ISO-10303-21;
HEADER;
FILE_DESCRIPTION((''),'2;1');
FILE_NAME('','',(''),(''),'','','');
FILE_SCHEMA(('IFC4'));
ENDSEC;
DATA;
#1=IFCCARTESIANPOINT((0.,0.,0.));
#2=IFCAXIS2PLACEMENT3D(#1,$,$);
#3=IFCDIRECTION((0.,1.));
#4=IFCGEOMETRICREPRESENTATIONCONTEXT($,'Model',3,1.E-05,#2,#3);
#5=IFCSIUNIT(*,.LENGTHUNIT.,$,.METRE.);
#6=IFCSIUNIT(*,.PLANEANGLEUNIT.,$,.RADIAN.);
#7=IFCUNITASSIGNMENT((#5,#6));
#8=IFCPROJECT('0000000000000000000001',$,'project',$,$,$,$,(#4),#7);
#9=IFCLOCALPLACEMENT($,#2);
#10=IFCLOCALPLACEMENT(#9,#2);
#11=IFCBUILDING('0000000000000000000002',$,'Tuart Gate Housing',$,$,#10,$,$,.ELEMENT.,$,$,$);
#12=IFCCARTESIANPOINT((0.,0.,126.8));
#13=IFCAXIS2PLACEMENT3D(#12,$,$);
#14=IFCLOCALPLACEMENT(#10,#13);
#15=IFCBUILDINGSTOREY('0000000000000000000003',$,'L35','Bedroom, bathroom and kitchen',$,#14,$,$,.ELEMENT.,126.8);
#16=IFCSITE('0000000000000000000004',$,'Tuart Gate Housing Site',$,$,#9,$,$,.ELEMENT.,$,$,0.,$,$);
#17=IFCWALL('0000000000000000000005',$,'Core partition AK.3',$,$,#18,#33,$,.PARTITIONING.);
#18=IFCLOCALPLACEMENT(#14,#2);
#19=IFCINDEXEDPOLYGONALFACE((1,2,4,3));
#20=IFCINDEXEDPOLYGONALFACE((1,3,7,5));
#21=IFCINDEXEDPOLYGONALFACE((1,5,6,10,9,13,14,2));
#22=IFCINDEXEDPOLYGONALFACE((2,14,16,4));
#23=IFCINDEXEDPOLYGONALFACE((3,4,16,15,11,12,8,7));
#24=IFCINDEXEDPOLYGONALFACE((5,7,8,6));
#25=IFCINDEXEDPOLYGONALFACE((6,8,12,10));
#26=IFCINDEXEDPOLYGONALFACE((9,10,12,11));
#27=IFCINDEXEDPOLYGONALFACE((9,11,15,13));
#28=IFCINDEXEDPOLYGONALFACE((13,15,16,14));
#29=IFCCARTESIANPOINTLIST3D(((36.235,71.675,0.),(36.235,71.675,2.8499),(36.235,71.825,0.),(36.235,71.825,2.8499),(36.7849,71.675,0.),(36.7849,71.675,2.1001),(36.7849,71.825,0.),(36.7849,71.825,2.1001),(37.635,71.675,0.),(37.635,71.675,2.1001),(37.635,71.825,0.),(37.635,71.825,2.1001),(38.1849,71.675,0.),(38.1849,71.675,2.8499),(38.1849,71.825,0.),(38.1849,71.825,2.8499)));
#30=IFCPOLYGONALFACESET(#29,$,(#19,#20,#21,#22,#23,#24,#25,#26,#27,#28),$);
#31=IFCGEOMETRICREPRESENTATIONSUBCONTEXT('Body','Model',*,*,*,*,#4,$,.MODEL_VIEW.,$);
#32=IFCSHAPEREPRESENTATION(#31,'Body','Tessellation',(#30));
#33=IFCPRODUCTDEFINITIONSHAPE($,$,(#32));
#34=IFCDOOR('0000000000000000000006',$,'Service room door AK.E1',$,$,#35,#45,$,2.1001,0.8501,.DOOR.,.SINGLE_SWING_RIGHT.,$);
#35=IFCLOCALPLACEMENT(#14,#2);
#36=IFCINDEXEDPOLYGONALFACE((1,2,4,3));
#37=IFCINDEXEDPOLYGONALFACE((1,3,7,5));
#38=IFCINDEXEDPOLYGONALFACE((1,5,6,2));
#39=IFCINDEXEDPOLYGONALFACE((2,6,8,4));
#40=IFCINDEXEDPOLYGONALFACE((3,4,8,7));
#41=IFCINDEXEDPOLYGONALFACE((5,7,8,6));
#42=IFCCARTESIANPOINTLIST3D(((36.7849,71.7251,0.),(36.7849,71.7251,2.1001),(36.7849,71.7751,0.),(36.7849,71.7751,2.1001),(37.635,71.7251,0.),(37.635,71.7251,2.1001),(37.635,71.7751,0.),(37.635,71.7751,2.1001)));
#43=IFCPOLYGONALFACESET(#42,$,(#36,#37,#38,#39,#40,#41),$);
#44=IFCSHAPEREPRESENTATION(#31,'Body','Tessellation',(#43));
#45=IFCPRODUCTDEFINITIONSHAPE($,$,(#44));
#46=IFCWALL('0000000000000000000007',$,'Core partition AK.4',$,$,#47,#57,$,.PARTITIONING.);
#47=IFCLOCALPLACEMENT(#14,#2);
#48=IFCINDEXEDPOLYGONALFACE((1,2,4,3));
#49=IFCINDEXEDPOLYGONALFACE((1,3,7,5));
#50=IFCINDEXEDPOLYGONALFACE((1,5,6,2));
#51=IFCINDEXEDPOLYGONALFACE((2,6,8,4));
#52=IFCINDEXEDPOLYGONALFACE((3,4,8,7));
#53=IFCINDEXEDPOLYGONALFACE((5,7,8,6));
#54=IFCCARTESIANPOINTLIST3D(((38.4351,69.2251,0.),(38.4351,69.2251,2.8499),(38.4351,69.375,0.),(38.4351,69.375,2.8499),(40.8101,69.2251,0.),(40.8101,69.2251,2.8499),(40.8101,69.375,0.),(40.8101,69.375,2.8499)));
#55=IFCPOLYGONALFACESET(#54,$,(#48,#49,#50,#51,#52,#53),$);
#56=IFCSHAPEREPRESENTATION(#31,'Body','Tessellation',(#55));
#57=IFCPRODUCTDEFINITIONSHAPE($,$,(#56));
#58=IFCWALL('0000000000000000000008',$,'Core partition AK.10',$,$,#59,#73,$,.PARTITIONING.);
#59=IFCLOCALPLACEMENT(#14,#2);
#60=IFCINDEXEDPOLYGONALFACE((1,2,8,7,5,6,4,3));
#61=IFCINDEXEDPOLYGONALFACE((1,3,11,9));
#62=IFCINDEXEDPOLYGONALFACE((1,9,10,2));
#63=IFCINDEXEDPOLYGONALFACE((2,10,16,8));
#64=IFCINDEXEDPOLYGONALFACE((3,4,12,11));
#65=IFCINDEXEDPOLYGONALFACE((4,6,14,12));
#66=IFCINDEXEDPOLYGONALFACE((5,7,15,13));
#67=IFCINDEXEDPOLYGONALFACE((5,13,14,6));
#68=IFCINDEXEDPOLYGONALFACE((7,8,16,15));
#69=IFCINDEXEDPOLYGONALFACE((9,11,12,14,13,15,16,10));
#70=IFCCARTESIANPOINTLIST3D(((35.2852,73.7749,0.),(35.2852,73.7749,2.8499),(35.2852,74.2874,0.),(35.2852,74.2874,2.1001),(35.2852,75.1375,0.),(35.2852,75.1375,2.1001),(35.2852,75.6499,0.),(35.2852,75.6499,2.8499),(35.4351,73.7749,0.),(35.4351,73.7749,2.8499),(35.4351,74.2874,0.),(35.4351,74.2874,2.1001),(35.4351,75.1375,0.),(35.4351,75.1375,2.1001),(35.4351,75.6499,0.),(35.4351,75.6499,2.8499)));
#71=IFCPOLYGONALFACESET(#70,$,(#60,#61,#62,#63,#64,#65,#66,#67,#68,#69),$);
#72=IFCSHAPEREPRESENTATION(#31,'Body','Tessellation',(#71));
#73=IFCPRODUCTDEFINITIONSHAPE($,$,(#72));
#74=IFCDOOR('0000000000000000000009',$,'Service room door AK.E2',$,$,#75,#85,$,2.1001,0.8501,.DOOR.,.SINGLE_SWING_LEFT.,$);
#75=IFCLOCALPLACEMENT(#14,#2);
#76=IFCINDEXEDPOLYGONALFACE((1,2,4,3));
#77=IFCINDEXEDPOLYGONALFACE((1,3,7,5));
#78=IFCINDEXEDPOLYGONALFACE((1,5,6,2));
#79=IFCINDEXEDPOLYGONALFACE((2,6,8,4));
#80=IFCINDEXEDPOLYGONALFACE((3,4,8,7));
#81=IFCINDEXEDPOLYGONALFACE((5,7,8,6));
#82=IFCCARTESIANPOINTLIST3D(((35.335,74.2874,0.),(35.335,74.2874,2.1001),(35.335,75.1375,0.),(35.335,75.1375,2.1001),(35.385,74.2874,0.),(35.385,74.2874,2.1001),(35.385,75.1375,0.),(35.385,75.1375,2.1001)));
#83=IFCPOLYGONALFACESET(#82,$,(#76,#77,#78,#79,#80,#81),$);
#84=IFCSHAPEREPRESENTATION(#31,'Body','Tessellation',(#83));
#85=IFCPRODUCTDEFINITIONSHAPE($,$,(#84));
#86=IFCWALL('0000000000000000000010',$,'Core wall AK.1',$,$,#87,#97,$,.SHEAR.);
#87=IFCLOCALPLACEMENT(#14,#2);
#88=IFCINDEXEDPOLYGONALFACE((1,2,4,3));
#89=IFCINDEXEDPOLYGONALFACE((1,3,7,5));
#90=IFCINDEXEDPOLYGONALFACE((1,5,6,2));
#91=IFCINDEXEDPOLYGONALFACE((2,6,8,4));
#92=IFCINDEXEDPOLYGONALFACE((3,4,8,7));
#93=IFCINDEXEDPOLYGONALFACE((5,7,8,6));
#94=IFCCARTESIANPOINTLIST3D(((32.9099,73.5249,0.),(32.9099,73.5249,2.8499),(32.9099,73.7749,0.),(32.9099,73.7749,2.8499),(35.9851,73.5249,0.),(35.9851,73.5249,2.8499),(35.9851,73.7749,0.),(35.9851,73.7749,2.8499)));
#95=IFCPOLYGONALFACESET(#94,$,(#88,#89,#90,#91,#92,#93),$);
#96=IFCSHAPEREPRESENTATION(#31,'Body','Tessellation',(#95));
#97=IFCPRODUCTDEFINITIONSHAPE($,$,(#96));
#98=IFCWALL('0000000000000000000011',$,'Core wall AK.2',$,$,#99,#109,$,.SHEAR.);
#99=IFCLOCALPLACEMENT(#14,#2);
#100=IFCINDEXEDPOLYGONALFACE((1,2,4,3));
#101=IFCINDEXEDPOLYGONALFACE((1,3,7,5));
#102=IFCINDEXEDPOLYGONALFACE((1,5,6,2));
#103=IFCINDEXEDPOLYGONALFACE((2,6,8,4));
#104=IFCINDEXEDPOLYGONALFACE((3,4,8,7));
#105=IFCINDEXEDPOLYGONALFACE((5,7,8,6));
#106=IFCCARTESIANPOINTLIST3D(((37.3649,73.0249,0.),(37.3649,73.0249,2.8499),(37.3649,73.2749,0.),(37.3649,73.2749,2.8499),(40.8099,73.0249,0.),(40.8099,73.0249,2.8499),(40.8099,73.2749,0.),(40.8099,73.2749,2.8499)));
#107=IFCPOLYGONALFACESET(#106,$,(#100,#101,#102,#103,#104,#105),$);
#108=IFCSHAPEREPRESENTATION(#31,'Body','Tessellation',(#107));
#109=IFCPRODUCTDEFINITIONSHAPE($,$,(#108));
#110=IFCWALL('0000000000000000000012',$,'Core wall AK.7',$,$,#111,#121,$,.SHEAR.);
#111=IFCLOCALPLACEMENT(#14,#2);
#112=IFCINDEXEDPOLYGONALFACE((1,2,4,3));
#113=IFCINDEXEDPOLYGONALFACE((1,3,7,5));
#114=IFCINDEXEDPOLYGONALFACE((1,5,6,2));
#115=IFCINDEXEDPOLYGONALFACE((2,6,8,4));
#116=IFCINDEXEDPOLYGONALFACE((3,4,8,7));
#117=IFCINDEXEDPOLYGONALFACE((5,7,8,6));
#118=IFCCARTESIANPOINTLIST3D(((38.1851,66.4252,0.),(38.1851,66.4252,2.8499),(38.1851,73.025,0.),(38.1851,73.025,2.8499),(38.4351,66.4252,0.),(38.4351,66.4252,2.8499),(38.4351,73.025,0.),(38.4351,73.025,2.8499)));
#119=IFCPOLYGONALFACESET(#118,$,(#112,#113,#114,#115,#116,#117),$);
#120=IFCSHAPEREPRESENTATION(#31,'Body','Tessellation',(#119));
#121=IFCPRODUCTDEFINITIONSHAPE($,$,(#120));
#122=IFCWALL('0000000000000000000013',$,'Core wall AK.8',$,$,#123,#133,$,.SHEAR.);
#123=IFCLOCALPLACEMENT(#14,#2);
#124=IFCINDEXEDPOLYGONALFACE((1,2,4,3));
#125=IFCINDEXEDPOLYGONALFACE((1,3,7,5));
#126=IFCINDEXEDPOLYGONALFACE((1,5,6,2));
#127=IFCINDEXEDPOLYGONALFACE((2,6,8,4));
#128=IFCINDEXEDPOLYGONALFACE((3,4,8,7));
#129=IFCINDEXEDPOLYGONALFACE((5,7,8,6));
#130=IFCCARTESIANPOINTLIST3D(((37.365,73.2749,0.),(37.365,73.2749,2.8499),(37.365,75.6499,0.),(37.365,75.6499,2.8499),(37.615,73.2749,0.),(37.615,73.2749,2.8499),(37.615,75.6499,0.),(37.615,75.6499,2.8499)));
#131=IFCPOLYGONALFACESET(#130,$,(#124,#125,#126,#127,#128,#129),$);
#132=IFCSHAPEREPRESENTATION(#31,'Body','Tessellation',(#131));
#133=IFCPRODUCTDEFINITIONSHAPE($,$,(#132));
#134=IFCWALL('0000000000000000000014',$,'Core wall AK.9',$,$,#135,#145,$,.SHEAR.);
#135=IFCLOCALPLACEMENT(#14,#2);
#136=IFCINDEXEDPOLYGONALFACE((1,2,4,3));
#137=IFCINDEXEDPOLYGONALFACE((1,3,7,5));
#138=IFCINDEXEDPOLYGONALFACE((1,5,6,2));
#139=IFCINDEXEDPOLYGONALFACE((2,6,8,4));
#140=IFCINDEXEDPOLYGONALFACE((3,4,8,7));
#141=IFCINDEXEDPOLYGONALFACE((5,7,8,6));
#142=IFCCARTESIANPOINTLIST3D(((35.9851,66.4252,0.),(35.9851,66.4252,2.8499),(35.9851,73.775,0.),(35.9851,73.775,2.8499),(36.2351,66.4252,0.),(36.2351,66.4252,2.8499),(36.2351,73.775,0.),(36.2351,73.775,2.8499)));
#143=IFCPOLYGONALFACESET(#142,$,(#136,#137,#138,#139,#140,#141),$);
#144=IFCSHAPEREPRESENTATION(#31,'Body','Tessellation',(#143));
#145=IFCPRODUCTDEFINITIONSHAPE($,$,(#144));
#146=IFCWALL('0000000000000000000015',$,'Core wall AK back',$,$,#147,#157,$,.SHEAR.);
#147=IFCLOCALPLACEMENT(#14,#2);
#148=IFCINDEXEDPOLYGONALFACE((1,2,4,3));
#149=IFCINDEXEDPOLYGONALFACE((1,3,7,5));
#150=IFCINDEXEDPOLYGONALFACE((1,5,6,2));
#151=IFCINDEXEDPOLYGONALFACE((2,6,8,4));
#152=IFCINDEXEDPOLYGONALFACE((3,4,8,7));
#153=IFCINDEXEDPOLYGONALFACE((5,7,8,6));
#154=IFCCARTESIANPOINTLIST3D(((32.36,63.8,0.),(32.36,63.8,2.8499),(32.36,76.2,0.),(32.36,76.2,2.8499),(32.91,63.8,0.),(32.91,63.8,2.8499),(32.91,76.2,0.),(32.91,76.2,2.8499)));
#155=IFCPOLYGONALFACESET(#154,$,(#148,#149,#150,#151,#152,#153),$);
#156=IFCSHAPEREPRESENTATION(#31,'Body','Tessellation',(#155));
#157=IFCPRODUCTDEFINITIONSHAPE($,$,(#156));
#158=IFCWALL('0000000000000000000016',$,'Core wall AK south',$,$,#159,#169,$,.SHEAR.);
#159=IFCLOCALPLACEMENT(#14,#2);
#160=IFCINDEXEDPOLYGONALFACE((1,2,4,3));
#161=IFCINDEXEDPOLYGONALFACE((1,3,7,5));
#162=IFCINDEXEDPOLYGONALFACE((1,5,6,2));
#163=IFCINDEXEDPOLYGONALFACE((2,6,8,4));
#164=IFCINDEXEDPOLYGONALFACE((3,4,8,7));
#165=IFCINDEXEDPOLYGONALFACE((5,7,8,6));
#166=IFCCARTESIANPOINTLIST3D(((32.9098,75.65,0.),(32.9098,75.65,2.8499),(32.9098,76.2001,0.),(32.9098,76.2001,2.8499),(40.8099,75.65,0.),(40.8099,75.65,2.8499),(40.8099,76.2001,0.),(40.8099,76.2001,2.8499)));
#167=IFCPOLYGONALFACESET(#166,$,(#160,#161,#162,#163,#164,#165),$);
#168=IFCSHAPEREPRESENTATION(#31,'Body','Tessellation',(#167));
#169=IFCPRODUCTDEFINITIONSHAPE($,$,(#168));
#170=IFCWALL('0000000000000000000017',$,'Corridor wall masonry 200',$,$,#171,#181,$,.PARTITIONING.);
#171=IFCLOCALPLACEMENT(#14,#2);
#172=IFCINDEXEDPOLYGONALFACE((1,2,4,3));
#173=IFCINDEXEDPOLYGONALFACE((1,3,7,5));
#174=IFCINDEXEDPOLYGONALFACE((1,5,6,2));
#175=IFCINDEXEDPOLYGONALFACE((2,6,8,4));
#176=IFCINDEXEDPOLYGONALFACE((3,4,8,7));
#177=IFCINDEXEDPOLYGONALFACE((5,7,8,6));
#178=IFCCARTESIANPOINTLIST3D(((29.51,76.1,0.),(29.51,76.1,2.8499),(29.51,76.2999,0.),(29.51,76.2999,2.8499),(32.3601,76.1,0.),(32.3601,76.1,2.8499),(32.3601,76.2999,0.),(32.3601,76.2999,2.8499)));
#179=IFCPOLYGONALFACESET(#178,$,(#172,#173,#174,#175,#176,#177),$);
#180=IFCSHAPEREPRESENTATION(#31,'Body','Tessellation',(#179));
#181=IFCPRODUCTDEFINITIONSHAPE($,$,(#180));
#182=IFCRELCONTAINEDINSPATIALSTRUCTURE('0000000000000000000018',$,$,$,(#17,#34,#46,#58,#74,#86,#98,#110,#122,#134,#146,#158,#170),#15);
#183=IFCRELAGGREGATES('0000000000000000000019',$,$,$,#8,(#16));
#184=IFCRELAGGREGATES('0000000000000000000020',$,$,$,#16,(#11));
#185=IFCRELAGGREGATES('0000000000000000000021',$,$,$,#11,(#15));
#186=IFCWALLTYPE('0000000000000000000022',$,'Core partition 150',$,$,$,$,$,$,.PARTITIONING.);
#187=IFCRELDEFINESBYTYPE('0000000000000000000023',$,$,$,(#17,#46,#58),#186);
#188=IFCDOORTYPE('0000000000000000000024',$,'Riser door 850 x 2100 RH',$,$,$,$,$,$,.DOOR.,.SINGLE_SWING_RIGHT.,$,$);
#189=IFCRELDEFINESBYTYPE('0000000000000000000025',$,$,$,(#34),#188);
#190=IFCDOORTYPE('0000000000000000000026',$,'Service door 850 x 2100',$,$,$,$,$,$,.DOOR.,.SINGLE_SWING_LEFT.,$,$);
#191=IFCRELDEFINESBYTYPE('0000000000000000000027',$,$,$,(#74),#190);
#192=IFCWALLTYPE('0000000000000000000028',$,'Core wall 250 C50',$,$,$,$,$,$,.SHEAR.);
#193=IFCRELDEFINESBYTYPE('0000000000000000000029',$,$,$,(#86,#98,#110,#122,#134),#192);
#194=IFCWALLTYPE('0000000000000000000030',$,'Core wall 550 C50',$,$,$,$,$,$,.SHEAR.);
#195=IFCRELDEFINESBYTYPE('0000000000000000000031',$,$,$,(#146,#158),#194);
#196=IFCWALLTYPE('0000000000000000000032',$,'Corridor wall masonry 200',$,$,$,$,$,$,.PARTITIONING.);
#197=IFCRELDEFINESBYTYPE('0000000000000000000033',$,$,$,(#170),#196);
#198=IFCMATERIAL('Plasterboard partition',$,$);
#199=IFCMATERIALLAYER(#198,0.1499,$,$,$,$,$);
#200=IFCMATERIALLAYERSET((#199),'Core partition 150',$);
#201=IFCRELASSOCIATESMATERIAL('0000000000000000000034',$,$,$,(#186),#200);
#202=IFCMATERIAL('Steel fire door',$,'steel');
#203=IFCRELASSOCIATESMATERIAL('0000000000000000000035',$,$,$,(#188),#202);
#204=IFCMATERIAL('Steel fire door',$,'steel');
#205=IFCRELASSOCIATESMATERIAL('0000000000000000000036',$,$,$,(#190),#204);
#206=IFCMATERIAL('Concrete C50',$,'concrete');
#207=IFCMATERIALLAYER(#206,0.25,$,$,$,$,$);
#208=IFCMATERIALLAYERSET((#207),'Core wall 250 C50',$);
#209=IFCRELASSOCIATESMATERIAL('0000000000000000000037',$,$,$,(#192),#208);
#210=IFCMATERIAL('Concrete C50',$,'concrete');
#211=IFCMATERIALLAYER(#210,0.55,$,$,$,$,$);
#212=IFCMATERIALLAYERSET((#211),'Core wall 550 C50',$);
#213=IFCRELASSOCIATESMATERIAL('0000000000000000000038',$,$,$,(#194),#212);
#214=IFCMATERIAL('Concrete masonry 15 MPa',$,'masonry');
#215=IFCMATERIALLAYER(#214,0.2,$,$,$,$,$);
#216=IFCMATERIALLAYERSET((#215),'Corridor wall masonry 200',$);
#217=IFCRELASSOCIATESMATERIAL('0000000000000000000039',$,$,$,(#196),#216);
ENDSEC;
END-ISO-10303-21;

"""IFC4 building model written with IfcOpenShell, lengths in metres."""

from ifc_helpers import new_model, si_unit, direction, frame, frame_2d, origin, place, context, subcontext, project, spatial, rectangle, extrude, material, layer, layer_set, type_object, element, fill, save


model = new_model("IFC4")

# Units and contexts
model_context = context("Model", 3, precision=1e-05, world=origin(), true_north=direction((0.0, 1.0)))
body_context = subcontext(model_context, "Body", "Model", "MODEL_VIEW")
ifc_project = project(units=[si_unit("LENGTHUNIT", "METRE"), si_unit("PLANEANGLEUNIT", "RADIAN")], contexts=[model_context])

# Site, building, storey
site_placement = place(None, origin())
site = spatial("IfcSite", under=ifc_project, at=site_placement, Name="Tuart Gate Housing Site", CompositionType="ELEMENT", RefElevation=0.0)
building_placement = place(site_placement, origin())
building = spatial("IfcBuilding", under=site, at=building_placement, Name="Tuart Gate Housing", CompositionType="ELEMENT")
storey_placement = place(building_placement, frame((0.0, 0.0, 126.8)))
storey = spatial("IfcBuildingStorey", under=building, at=storey_placement, Name="L35", Description="Bedroom, bathroom and kitchen", CompositionType="ELEMENT", Elevation=126.8)

# Wall, opening, door
ifc_material_1 = material(Name="Plasterboard partition")
ifc_layer_1 = layer(ifc_material_1, 0.1499)
ifc_layer_set_1 = layer_set([ifc_layer_1], Name="Core partition 150")
wall_type_1 = type_object("IfcWallType", Name="Core partition 150", PredefinedType="PARTITIONING", material=ifc_layer_set_1)
wall_1_placement = place(storey_placement, frame((38.1851, 71.75, 0.0), z_axis=(0.0, 0.0, 1.0), x_axis=(-1.0, 0.0, 0.0)))
wall_1 = element("IfcWall", 1, at=wall_1_placement, inside=storey, type_object=wall_type_1, Name="Core partition AK.3", PredefinedType="PARTITIONING", context=body_context, shape_type="SweptSolid", body=[
    extrude(rectangle(XDim=1.95, YDim=0.1499, at=frame_2d((0.9751, 0.0))), origin(), (0.0, 0.0, 1.0), 2.8499),
])
opening_1_placement = place(wall_1_placement, frame((0.55, 0.0, 0.0)))
opening_1 = element("IfcOpeningElement", 2, at=opening_1_placement, cuts=wall_1, PredefinedType="OPENING", context=body_context, shape_type="SweptSolid", body=[
    extrude(rectangle(XDim=0.8501, YDim=2.1001, at=frame_2d((0.425, 1.05))), frame((0.0, 0.085, 0.0), z_axis=(0.0, -1.0, 0.0), x_axis=(1.0, 0.0, 0.0)), (0.0, 0.0, 1.0), 0.1699),
])
ifc_material_2 = material(Name="Steel fire door", Category="steel")
door_type_1 = type_object("IfcDoorType", Name="Riser door 850 x 2100 RH", OperationType="SINGLE_SWING_RIGHT", PredefinedType="DOOR", material=ifc_material_2)
door_1_placement = place(opening_1_placement, frame((0.8501, 0.0, 0.0), z_axis=(0.0, 0.0, 1.0), x_axis=(-1.0, 0.0, 0.0)))
door_1 = element("IfcDoor", 3, at=door_1_placement, inside=storey, type_object=door_type_1, Name="Service room door AK.E1", OperationType="SINGLE_SWING_RIGHT", OverallHeight=2.1001, OverallWidth=0.8501, PredefinedType="DOOR", context=body_context, shape_type="SweptSolid", body=[
    extrude(rectangle(XDim=0.8501, YDim=2.1001, at=frame_2d((0.425, 1.05))), frame((0.0, 0.0251, 0.0), z_axis=(0.0, -1.0, 0.0), x_axis=(1.0, 0.0, 0.0)), (0.0, 0.0, 1.0), 0.05),
])
fill(opening_1, door_1)

# Wall
wall_2_placement = place(storey_placement, frame((40.8101, 69.3, 0.0), z_axis=(0.0, 0.0, 1.0), x_axis=(-1.0, 0.0, 0.0)))
element("IfcWall", 4, at=wall_2_placement, inside=storey, type_object=wall_type_1, Name="Core partition AK.4", PredefinedType="PARTITIONING", context=body_context, shape_type="SweptSolid", body=[
    extrude(rectangle(XDim=2.375, YDim=0.1499, at=frame_2d((1.1875, 0.0))), origin(), (0.0, 0.0, 1.0), 2.8499),
])

# Wall, opening, door
wall_3_placement = place(storey_placement, frame((35.3601, 75.6499, 0.0), z_axis=(0.0, 0.0, 1.0), x_axis=(0.0, -1.0, 0.0)))
wall_3 = element("IfcWall", 5, at=wall_3_placement, inside=storey, type_object=wall_type_1, Name="Core partition AK.10", PredefinedType="PARTITIONING", context=body_context, shape_type="SweptSolid", body=[
    extrude(rectangle(XDim=1.875, YDim=0.1499, at=frame_2d((0.9375, 0.0))), origin(), (0.0, 0.0, 1.0), 2.8499),
])
opening_2_placement = place(wall_3_placement, frame((0.5125, 0.0, 0.0)))
opening_2 = element("IfcOpeningElement", 6, at=opening_2_placement, cuts=wall_3, PredefinedType="OPENING", context=body_context, shape_type="SweptSolid", body=[
    extrude(rectangle(XDim=0.8501, YDim=2.1001, at=frame_2d((0.425, 1.05))), frame((0.0, 0.085, 0.0), z_axis=(0.0, -1.0, 0.0), x_axis=(1.0, 0.0, 0.0)), (0.0, 0.0, 1.0), 0.1699),
])
ifc_material_3 = material(Name="Steel fire door", Category="steel")
door_type_2 = type_object("IfcDoorType", Name="Service door 850 x 2100", OperationType="SINGLE_SWING_LEFT", PredefinedType="DOOR", material=ifc_material_3)
door_2_placement = place(opening_2_placement, origin())
door_2 = element("IfcDoor", 7, at=door_2_placement, inside=storey, type_object=door_type_2, Name="Service room door AK.E2", OperationType="SINGLE_SWING_LEFT", OverallHeight=2.1001, OverallWidth=0.8501, PredefinedType="DOOR", context=body_context, shape_type="SweptSolid", body=[
    extrude(rectangle(XDim=0.8501, YDim=2.1001, at=frame_2d((0.425, 1.05))), frame((0.0, 0.0249, 0.0), z_axis=(0.0, -1.0, 0.0), x_axis=(1.0, 0.0, 0.0)), (0.0, 0.0, 1.0), 0.05),
])
fill(opening_2, door_2)

# Walls
ifc_material_4 = material(Name="Concrete C50", Category="concrete")
ifc_layer_2 = layer(ifc_material_4, 0.25)
ifc_layer_set_2 = layer_set([ifc_layer_2], Name="Core wall 250 C50")
wall_type_2 = type_object("IfcWallType", Name="Core wall 250 C50", PredefinedType="SHEAR", material=ifc_layer_set_2)
wall_4_placement = place(storey_placement, frame((35.9851, 73.6499, 0.0), z_axis=(0.0, 0.0, 1.0), x_axis=(-1.0, 0.0, 0.0)))
element("IfcWall", 8, at=wall_4_placement, inside=storey, type_object=wall_type_2, Name="Core wall AK.1", PredefinedType="SHEAR", context=body_context, shape_type="SweptSolid", body=[
    extrude(rectangle(XDim=3.0752, YDim=0.25, at=frame_2d((1.5376, 0.0))), origin(), (0.0, 0.0, 1.0), 2.8499),
])
wall_5_placement = place(storey_placement, frame((40.8101, 73.1499, 0.0), z_axis=(0.0, 0.0, 1.0), x_axis=(-1.0, 0.0, 0.0)))
element("IfcWall", 9, at=wall_5_placement, inside=storey, type_object=wall_type_2, Name="Core wall AK.2", PredefinedType="SHEAR", context=body_context, shape_type="SweptSolid", body=[
    extrude(rectangle(XDim=3.4451, YDim=0.25, at=frame_2d((1.7227, 0.0))), origin(), (0.0, 0.0, 1.0), 2.8499),
])
wall_6_placement = place(storey_placement, frame((38.3101, 73.0249, 0.0), z_axis=(0.0, 0.0, 1.0), x_axis=(0.0, -1.0, 0.0)))
element("IfcWall", 10, at=wall_6_placement, inside=storey, type_object=wall_type_2, Name="Core wall AK.7", PredefinedType="SHEAR", context=body_context, shape_type="SweptSolid", body=[
    extrude(rectangle(XDim=6.5999, YDim=0.25, at=frame_2d((3.2998, 0.0))), origin(), (0.0, 0.0, 1.0), 2.8499),
])
wall_7_placement = place(storey_placement, frame((37.49, 75.6499, 0.0), z_axis=(0.0, 0.0, 1.0), x_axis=(0.0, -1.0, 0.0)))
element("IfcWall", 11, at=wall_7_placement, inside=storey, type_object=wall_type_2, Name="Core wall AK.8", PredefinedType="SHEAR", context=body_context, shape_type="SweptSolid", body=[
    extrude(rectangle(XDim=2.375, YDim=0.25, at=frame_2d((1.1875, 0.0))), origin(), (0.0, 0.0, 1.0), 2.8499),
])
wall_8_placement = place(storey_placement, frame((36.1101, 73.7749, 0.0), z_axis=(0.0, 0.0, 1.0), x_axis=(0.0, -1.0, 0.0)))
element("IfcWall", 12, at=wall_8_placement, inside=storey, type_object=wall_type_2, Name="Core wall AK.9", PredefinedType="SHEAR", context=body_context, shape_type="SweptSolid", body=[
    extrude(rectangle(XDim=7.3499, YDim=0.25, at=frame_2d((3.6748, 0.0))), origin(), (0.0, 0.0, 1.0), 2.8499),
])
ifc_material_5 = material(Name="Concrete C50", Category="concrete")
ifc_layer_3 = layer(ifc_material_5, 0.55)
ifc_layer_set_3 = layer_set([ifc_layer_3], Name="Core wall 550 C50")
wall_type_3 = type_object("IfcWallType", Name="Core wall 550 C50", PredefinedType="SHEAR", material=ifc_layer_set_3)
wall_9_placement = place(storey_placement, frame((32.635, 76.2, 0.0), z_axis=(0.0, 0.0, 1.0), x_axis=(0.0, -1.0, 0.0)))
element("IfcWall", 13, at=wall_9_placement, inside=storey, type_object=wall_type_3, Name="Core wall AK back", PredefinedType="SHEAR", context=body_context, shape_type="SweptSolid", body=[
    extrude(rectangle(XDim=12.3999, YDim=0.55, at=frame_2d((6.2, 0.0))), origin(), (0.0, 0.0, 1.0), 2.8499),
])
wall_10_placement = place(storey_placement, frame((40.8101, 75.925, 0.0), z_axis=(0.0, 0.0, 1.0), x_axis=(-1.0, 0.0, 0.0)))
element("IfcWall", 14, at=wall_10_placement, inside=storey, type_object=wall_type_3, Name="Core wall AK south", PredefinedType="SHEAR", context=body_context, shape_type="SweptSolid", body=[
    extrude(rectangle(XDim=7.9001, YDim=0.55, at=frame_2d((3.9502, 0.0))), origin(), (0.0, 0.0, 1.0), 2.8499),
])
ifc_material_6 = material(Name="Concrete masonry 15 MPa", Category="masonry")
ifc_layer_4 = layer(ifc_material_6, 0.2)
ifc_layer_set_4 = layer_set([ifc_layer_4], Name="Corridor wall masonry 200")
wall_type_4 = type_object("IfcWallType", Name="Corridor wall masonry 200", PredefinedType="PARTITIONING", material=ifc_layer_set_4)
wall_11_placement = place(storey_placement, frame((29.51, 76.2, 0.0), z_axis=(0.0, 0.0, 1.0), x_axis=(1.0, 0.0, 0.0)))
element("IfcWall", 15, at=wall_11_placement, inside=storey, type_object=wall_type_4, Name="Corridor wall masonry 200", PredefinedType="PARTITIONING", context=body_context, shape_type="SweptSolid", body=[
    extrude(rectangle(XDim=2.8501, YDim=0.2, at=frame_2d((1.425, 0.0))), origin(), (0.0, 0.0, 1.0), 2.8499),
])

save(model, "model.ifc")
